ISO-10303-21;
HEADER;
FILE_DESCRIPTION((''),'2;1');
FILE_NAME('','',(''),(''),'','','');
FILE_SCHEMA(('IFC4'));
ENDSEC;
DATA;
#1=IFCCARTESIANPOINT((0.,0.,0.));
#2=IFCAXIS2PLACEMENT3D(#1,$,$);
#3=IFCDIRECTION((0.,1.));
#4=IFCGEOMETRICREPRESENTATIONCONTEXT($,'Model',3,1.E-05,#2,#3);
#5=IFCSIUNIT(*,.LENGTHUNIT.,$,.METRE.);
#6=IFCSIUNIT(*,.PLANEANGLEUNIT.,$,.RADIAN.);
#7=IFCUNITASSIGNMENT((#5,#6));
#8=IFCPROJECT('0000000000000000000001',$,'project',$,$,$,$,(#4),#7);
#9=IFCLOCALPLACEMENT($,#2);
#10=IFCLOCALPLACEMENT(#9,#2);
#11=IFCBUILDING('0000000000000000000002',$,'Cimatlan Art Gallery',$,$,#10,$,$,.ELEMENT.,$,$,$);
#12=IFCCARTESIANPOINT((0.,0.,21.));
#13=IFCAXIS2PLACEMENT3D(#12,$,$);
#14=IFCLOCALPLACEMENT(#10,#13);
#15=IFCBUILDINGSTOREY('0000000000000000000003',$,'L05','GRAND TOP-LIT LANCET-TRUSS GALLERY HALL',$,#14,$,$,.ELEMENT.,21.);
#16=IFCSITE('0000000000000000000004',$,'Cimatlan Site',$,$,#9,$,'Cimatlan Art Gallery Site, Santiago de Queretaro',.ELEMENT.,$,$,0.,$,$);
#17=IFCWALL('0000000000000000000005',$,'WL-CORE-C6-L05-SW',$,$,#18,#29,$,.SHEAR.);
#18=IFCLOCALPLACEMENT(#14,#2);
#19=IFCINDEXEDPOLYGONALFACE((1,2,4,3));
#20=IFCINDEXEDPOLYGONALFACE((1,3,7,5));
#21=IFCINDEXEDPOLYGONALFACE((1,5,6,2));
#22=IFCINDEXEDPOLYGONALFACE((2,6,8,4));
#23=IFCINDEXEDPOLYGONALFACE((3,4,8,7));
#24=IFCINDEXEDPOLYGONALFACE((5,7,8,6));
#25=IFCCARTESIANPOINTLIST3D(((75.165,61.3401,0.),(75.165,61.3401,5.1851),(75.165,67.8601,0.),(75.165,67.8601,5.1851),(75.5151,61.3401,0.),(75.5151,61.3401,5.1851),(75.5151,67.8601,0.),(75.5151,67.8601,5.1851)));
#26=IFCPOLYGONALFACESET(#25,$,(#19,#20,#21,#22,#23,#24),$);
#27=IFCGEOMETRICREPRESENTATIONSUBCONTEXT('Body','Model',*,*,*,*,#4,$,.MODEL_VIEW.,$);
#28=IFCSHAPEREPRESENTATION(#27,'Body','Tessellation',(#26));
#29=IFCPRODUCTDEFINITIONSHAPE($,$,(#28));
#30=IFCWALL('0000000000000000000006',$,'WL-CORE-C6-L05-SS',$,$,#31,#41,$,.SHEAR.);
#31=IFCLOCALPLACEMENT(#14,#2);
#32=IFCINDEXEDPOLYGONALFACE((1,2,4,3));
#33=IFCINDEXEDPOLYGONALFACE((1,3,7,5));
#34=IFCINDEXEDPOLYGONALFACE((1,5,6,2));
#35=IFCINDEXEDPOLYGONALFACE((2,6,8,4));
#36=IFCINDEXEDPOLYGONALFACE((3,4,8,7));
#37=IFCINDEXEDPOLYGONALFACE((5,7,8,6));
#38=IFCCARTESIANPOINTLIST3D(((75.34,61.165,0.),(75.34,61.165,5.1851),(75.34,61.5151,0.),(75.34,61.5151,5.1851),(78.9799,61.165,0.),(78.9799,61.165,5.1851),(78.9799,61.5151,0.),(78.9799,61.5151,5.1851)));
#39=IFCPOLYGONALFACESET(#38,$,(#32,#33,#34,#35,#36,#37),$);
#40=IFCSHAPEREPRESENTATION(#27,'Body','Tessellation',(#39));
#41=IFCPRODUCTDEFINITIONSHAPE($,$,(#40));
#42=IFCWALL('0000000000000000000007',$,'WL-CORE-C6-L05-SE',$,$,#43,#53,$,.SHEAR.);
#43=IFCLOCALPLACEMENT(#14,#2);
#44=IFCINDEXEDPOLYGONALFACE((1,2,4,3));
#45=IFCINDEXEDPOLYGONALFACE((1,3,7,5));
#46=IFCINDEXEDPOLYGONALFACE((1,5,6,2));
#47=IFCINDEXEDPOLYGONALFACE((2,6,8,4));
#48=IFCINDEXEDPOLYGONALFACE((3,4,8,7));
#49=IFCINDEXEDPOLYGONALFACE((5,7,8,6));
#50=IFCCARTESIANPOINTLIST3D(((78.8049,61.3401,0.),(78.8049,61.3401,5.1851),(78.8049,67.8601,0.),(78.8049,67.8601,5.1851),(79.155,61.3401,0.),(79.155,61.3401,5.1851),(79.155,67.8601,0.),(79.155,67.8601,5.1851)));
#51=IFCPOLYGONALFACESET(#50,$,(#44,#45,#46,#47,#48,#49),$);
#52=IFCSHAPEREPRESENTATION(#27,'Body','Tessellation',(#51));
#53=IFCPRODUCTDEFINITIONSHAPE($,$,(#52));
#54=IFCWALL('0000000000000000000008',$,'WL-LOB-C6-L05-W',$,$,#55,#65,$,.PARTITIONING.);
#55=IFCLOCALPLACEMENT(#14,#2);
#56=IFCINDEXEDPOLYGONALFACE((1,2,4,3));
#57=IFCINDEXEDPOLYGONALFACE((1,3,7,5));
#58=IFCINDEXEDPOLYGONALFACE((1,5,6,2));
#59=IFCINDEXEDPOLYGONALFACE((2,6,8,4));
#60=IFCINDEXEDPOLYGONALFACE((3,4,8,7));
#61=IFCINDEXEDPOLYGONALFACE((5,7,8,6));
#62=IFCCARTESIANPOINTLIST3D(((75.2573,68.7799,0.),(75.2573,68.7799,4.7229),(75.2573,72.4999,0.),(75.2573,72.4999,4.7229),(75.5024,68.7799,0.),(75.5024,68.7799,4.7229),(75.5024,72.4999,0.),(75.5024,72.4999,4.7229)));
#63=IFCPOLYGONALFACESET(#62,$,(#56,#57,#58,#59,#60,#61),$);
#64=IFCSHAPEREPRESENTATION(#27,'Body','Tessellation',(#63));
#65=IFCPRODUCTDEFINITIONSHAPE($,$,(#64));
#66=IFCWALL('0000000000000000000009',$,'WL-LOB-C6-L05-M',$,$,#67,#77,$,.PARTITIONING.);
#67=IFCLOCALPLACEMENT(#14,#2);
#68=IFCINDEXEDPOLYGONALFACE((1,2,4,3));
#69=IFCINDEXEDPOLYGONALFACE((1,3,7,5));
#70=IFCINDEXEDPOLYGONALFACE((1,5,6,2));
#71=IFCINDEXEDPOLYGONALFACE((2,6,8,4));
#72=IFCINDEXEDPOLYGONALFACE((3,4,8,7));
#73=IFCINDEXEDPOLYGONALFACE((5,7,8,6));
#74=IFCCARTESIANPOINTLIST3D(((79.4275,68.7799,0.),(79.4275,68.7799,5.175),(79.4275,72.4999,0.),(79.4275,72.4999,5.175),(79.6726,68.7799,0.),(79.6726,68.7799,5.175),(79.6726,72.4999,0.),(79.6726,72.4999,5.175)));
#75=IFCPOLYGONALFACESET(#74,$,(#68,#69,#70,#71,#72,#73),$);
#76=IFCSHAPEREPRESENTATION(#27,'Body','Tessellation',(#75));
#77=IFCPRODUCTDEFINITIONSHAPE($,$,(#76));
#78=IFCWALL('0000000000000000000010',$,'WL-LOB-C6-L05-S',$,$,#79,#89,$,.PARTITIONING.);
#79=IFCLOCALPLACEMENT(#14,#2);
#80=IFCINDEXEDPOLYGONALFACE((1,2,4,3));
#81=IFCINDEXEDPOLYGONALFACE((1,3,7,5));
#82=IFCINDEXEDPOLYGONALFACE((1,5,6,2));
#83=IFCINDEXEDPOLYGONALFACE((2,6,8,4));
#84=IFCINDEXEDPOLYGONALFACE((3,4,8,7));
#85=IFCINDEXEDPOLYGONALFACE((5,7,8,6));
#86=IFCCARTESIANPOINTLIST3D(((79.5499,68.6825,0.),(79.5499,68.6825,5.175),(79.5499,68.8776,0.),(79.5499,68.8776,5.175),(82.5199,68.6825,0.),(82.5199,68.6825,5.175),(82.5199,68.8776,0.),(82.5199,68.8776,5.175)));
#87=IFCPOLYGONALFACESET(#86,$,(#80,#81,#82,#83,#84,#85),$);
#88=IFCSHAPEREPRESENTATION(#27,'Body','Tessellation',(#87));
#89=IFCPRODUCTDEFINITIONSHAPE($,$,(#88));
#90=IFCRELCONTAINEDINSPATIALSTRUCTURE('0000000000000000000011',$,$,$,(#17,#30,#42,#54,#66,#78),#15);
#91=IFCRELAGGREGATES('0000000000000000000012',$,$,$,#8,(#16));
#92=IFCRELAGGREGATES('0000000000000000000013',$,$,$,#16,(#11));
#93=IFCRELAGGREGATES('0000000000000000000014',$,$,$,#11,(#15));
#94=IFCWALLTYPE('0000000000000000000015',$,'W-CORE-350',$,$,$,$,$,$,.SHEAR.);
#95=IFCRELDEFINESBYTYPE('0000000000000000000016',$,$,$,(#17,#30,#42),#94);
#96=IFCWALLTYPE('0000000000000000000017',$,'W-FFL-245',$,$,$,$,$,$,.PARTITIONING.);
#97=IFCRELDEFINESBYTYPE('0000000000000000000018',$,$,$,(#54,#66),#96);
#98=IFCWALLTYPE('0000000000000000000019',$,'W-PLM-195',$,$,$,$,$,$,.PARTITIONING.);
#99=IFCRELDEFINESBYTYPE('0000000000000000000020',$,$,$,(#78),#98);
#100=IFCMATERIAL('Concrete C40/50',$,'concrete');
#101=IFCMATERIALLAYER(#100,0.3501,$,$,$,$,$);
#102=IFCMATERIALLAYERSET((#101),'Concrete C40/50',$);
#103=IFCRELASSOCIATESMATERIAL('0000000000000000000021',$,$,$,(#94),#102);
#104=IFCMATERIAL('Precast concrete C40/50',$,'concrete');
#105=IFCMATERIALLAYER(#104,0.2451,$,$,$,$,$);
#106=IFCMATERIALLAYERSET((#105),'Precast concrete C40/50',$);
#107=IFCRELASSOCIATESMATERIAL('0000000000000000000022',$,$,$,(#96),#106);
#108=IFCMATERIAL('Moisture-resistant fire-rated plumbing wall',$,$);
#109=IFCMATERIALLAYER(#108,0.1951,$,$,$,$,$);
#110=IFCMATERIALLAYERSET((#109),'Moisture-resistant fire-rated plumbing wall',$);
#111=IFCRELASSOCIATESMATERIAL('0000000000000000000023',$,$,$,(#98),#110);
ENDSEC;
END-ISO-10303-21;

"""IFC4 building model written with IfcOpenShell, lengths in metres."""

from ifc_helpers import new_model, si_unit, direction, frame, frame_2d, origin, place, context, subcontext, project, spatial, rectangle, extrude, material, layer, layer_set, type_object, element, save


model = new_model("IFC4")

# Units and contexts
model_context = context("Model", 3, precision=1e-05, world=origin(), true_north=direction((0.0, 1.0)))
body_context = subcontext(model_context, "Body", "Model", "MODEL_VIEW")
ifc_project = project(units=[si_unit("LENGTHUNIT", "METRE"), si_unit("PLANEANGLEUNIT", "RADIAN")], contexts=[model_context])

# Site, building, storey
site_placement = place(None, origin())
site = spatial("IfcSite", under=ifc_project, at=site_placement, Name="Cimatlan Site", LongName="Cimatlan Art Gallery Site, Santiago de Queretaro", CompositionType="ELEMENT", RefElevation=0.0)
building_placement = place(site_placement, origin())
building = spatial("IfcBuilding", under=site, at=building_placement, Name="Cimatlan Art Gallery", CompositionType="ELEMENT")
storey_placement = place(building_placement, frame((0.0, 0.0, 21.0)))
storey = spatial("IfcBuildingStorey", under=building, at=storey_placement, Name="L05", Description="GRAND TOP-LIT LANCET-TRUSS GALLERY HALL", CompositionType="ELEMENT", Elevation=21.0)

# Walls
ifc_material_1 = material(Name="Concrete C40/50", Category="concrete")
ifc_layer_1 = layer(ifc_material_1, 0.3501)
ifc_layer_set_1 = layer_set([ifc_layer_1], Name="Concrete C40/50")
wall_type_1 = type_object("IfcWallType", Name="W-CORE-350", PredefinedType="SHEAR", material=ifc_layer_set_1)
wall_1_placement = place(storey_placement, frame((75.3401, 61.3401, 0.0), z_axis=(0.0, 0.0, 1.0), x_axis=(0.0, 1.0, 0.0)))
element("IfcWall", 1, at=wall_1_placement, inside=storey, type_object=wall_type_1, Name="WL-CORE-C6-L05-SW", PredefinedType="SHEAR", context=body_context, shape_type="SweptSolid", body=[
    extrude(rectangle(XDim=6.52, YDim=0.3501, at=frame_2d((3.26, 0.0))), origin(), (0.0, 0.0, 1.0), 5.1851),
])
wall_2_placement = place(storey_placement, frame((75.3401, 61.3401, 0.0), z_axis=(0.0, 0.0, 1.0), x_axis=(1.0, 0.0, 0.0)))
element("IfcWall", 2, at=wall_2_placement, inside=storey, type_object=wall_type_1, Name="WL-CORE-C6-L05-SS", PredefinedType="SHEAR", context=body_context, shape_type="SweptSolid", body=[
    extrude(rectangle(XDim=3.6399, YDim=0.3501, at=frame_2d((1.8198, 0.0))), origin(), (0.0, 0.0, 1.0), 5.1851),
])
wall_3_placement = place(storey_placement, frame((78.98, 61.3401, 0.0), z_axis=(0.0, 0.0, 1.0), x_axis=(0.0, 1.0, 0.0)))
element("IfcWall", 3, at=wall_3_placement, inside=storey, type_object=wall_type_1, Name="WL-CORE-C6-L05-SE", PredefinedType="SHEAR", context=body_context, shape_type="SweptSolid", body=[
    extrude(rectangle(XDim=6.52, YDim=0.3501, at=frame_2d((3.26, 0.0))), origin(), (0.0, 0.0, 1.0), 5.1851),
])

# Shared definitions
ifc_material_2 = material(Name="Precast concrete C40/50", Category="concrete")
ifc_layer_2 = layer(ifc_material_2, 0.2451)
ifc_layer_set_2 = layer_set([ifc_layer_2], Name="Precast concrete C40/50")
wall_type_2 = type_object("IfcWallType", Name="W-FFL-245", PredefinedType="PARTITIONING", material=ifc_layer_set_2)

# Walls
wall_4_placement = place(storey_placement, frame((75.3799, 68.78, 0.0), z_axis=(0.0, 0.0, 1.0), x_axis=(0.0, 1.0, 0.0)))
element("IfcWall", 4, at=wall_4_placement, inside=storey, type_object=wall_type_2, Name="WL-LOB-C6-L05-W", PredefinedType="PARTITIONING", context=body_context, shape_type="SweptSolid", body=[
    extrude(rectangle(XDim=3.72, YDim=0.2451, at=frame_2d((1.8599, 0.0))), origin(), (0.0, 0.0, 1.0), 4.7229),
])
wall_5_placement = place(storey_placement, frame((79.55, 68.78, 0.0), z_axis=(0.0, 0.0, 1.0), x_axis=(0.0, 1.0, 0.0)))
element("IfcWall", 5, at=wall_5_placement, inside=storey, type_object=wall_type_2, Name="WL-LOB-C6-L05-M", PredefinedType="PARTITIONING", context=body_context, shape_type="SweptSolid", body=[
    extrude(rectangle(XDim=3.72, YDim=0.2451, at=frame_2d((1.8599, 0.0))), origin(), (0.0, 0.0, 1.0), 5.175),
])
ifc_material_3 = material(Name="Moisture-resistant fire-rated plumbing wall")
ifc_layer_3 = layer(ifc_material_3, 0.1951)
ifc_layer_set_3 = layer_set([ifc_layer_3], Name="Moisture-resistant fire-rated plumbing wall")
wall_type_3 = type_object("IfcWallType", Name="W-PLM-195", PredefinedType="PARTITIONING", material=ifc_layer_set_3)
wall_6_placement = place(storey_placement, frame((79.55, 68.78, 0.0), z_axis=(0.0, 0.0, 1.0), x_axis=(1.0, 0.0, 0.0)))
element("IfcWall", 6, at=wall_6_placement, inside=storey, type_object=wall_type_3, Name="WL-LOB-C6-L05-S", PredefinedType="PARTITIONING", context=body_context, shape_type="SweptSolid", body=[
    extrude(rectangle(XDim=2.97, YDim=0.1951, at=frame_2d((1.4849, 0.0))), origin(), (0.0, 0.0, 1.0), 5.175),
])

save(model, "model.ifc")
